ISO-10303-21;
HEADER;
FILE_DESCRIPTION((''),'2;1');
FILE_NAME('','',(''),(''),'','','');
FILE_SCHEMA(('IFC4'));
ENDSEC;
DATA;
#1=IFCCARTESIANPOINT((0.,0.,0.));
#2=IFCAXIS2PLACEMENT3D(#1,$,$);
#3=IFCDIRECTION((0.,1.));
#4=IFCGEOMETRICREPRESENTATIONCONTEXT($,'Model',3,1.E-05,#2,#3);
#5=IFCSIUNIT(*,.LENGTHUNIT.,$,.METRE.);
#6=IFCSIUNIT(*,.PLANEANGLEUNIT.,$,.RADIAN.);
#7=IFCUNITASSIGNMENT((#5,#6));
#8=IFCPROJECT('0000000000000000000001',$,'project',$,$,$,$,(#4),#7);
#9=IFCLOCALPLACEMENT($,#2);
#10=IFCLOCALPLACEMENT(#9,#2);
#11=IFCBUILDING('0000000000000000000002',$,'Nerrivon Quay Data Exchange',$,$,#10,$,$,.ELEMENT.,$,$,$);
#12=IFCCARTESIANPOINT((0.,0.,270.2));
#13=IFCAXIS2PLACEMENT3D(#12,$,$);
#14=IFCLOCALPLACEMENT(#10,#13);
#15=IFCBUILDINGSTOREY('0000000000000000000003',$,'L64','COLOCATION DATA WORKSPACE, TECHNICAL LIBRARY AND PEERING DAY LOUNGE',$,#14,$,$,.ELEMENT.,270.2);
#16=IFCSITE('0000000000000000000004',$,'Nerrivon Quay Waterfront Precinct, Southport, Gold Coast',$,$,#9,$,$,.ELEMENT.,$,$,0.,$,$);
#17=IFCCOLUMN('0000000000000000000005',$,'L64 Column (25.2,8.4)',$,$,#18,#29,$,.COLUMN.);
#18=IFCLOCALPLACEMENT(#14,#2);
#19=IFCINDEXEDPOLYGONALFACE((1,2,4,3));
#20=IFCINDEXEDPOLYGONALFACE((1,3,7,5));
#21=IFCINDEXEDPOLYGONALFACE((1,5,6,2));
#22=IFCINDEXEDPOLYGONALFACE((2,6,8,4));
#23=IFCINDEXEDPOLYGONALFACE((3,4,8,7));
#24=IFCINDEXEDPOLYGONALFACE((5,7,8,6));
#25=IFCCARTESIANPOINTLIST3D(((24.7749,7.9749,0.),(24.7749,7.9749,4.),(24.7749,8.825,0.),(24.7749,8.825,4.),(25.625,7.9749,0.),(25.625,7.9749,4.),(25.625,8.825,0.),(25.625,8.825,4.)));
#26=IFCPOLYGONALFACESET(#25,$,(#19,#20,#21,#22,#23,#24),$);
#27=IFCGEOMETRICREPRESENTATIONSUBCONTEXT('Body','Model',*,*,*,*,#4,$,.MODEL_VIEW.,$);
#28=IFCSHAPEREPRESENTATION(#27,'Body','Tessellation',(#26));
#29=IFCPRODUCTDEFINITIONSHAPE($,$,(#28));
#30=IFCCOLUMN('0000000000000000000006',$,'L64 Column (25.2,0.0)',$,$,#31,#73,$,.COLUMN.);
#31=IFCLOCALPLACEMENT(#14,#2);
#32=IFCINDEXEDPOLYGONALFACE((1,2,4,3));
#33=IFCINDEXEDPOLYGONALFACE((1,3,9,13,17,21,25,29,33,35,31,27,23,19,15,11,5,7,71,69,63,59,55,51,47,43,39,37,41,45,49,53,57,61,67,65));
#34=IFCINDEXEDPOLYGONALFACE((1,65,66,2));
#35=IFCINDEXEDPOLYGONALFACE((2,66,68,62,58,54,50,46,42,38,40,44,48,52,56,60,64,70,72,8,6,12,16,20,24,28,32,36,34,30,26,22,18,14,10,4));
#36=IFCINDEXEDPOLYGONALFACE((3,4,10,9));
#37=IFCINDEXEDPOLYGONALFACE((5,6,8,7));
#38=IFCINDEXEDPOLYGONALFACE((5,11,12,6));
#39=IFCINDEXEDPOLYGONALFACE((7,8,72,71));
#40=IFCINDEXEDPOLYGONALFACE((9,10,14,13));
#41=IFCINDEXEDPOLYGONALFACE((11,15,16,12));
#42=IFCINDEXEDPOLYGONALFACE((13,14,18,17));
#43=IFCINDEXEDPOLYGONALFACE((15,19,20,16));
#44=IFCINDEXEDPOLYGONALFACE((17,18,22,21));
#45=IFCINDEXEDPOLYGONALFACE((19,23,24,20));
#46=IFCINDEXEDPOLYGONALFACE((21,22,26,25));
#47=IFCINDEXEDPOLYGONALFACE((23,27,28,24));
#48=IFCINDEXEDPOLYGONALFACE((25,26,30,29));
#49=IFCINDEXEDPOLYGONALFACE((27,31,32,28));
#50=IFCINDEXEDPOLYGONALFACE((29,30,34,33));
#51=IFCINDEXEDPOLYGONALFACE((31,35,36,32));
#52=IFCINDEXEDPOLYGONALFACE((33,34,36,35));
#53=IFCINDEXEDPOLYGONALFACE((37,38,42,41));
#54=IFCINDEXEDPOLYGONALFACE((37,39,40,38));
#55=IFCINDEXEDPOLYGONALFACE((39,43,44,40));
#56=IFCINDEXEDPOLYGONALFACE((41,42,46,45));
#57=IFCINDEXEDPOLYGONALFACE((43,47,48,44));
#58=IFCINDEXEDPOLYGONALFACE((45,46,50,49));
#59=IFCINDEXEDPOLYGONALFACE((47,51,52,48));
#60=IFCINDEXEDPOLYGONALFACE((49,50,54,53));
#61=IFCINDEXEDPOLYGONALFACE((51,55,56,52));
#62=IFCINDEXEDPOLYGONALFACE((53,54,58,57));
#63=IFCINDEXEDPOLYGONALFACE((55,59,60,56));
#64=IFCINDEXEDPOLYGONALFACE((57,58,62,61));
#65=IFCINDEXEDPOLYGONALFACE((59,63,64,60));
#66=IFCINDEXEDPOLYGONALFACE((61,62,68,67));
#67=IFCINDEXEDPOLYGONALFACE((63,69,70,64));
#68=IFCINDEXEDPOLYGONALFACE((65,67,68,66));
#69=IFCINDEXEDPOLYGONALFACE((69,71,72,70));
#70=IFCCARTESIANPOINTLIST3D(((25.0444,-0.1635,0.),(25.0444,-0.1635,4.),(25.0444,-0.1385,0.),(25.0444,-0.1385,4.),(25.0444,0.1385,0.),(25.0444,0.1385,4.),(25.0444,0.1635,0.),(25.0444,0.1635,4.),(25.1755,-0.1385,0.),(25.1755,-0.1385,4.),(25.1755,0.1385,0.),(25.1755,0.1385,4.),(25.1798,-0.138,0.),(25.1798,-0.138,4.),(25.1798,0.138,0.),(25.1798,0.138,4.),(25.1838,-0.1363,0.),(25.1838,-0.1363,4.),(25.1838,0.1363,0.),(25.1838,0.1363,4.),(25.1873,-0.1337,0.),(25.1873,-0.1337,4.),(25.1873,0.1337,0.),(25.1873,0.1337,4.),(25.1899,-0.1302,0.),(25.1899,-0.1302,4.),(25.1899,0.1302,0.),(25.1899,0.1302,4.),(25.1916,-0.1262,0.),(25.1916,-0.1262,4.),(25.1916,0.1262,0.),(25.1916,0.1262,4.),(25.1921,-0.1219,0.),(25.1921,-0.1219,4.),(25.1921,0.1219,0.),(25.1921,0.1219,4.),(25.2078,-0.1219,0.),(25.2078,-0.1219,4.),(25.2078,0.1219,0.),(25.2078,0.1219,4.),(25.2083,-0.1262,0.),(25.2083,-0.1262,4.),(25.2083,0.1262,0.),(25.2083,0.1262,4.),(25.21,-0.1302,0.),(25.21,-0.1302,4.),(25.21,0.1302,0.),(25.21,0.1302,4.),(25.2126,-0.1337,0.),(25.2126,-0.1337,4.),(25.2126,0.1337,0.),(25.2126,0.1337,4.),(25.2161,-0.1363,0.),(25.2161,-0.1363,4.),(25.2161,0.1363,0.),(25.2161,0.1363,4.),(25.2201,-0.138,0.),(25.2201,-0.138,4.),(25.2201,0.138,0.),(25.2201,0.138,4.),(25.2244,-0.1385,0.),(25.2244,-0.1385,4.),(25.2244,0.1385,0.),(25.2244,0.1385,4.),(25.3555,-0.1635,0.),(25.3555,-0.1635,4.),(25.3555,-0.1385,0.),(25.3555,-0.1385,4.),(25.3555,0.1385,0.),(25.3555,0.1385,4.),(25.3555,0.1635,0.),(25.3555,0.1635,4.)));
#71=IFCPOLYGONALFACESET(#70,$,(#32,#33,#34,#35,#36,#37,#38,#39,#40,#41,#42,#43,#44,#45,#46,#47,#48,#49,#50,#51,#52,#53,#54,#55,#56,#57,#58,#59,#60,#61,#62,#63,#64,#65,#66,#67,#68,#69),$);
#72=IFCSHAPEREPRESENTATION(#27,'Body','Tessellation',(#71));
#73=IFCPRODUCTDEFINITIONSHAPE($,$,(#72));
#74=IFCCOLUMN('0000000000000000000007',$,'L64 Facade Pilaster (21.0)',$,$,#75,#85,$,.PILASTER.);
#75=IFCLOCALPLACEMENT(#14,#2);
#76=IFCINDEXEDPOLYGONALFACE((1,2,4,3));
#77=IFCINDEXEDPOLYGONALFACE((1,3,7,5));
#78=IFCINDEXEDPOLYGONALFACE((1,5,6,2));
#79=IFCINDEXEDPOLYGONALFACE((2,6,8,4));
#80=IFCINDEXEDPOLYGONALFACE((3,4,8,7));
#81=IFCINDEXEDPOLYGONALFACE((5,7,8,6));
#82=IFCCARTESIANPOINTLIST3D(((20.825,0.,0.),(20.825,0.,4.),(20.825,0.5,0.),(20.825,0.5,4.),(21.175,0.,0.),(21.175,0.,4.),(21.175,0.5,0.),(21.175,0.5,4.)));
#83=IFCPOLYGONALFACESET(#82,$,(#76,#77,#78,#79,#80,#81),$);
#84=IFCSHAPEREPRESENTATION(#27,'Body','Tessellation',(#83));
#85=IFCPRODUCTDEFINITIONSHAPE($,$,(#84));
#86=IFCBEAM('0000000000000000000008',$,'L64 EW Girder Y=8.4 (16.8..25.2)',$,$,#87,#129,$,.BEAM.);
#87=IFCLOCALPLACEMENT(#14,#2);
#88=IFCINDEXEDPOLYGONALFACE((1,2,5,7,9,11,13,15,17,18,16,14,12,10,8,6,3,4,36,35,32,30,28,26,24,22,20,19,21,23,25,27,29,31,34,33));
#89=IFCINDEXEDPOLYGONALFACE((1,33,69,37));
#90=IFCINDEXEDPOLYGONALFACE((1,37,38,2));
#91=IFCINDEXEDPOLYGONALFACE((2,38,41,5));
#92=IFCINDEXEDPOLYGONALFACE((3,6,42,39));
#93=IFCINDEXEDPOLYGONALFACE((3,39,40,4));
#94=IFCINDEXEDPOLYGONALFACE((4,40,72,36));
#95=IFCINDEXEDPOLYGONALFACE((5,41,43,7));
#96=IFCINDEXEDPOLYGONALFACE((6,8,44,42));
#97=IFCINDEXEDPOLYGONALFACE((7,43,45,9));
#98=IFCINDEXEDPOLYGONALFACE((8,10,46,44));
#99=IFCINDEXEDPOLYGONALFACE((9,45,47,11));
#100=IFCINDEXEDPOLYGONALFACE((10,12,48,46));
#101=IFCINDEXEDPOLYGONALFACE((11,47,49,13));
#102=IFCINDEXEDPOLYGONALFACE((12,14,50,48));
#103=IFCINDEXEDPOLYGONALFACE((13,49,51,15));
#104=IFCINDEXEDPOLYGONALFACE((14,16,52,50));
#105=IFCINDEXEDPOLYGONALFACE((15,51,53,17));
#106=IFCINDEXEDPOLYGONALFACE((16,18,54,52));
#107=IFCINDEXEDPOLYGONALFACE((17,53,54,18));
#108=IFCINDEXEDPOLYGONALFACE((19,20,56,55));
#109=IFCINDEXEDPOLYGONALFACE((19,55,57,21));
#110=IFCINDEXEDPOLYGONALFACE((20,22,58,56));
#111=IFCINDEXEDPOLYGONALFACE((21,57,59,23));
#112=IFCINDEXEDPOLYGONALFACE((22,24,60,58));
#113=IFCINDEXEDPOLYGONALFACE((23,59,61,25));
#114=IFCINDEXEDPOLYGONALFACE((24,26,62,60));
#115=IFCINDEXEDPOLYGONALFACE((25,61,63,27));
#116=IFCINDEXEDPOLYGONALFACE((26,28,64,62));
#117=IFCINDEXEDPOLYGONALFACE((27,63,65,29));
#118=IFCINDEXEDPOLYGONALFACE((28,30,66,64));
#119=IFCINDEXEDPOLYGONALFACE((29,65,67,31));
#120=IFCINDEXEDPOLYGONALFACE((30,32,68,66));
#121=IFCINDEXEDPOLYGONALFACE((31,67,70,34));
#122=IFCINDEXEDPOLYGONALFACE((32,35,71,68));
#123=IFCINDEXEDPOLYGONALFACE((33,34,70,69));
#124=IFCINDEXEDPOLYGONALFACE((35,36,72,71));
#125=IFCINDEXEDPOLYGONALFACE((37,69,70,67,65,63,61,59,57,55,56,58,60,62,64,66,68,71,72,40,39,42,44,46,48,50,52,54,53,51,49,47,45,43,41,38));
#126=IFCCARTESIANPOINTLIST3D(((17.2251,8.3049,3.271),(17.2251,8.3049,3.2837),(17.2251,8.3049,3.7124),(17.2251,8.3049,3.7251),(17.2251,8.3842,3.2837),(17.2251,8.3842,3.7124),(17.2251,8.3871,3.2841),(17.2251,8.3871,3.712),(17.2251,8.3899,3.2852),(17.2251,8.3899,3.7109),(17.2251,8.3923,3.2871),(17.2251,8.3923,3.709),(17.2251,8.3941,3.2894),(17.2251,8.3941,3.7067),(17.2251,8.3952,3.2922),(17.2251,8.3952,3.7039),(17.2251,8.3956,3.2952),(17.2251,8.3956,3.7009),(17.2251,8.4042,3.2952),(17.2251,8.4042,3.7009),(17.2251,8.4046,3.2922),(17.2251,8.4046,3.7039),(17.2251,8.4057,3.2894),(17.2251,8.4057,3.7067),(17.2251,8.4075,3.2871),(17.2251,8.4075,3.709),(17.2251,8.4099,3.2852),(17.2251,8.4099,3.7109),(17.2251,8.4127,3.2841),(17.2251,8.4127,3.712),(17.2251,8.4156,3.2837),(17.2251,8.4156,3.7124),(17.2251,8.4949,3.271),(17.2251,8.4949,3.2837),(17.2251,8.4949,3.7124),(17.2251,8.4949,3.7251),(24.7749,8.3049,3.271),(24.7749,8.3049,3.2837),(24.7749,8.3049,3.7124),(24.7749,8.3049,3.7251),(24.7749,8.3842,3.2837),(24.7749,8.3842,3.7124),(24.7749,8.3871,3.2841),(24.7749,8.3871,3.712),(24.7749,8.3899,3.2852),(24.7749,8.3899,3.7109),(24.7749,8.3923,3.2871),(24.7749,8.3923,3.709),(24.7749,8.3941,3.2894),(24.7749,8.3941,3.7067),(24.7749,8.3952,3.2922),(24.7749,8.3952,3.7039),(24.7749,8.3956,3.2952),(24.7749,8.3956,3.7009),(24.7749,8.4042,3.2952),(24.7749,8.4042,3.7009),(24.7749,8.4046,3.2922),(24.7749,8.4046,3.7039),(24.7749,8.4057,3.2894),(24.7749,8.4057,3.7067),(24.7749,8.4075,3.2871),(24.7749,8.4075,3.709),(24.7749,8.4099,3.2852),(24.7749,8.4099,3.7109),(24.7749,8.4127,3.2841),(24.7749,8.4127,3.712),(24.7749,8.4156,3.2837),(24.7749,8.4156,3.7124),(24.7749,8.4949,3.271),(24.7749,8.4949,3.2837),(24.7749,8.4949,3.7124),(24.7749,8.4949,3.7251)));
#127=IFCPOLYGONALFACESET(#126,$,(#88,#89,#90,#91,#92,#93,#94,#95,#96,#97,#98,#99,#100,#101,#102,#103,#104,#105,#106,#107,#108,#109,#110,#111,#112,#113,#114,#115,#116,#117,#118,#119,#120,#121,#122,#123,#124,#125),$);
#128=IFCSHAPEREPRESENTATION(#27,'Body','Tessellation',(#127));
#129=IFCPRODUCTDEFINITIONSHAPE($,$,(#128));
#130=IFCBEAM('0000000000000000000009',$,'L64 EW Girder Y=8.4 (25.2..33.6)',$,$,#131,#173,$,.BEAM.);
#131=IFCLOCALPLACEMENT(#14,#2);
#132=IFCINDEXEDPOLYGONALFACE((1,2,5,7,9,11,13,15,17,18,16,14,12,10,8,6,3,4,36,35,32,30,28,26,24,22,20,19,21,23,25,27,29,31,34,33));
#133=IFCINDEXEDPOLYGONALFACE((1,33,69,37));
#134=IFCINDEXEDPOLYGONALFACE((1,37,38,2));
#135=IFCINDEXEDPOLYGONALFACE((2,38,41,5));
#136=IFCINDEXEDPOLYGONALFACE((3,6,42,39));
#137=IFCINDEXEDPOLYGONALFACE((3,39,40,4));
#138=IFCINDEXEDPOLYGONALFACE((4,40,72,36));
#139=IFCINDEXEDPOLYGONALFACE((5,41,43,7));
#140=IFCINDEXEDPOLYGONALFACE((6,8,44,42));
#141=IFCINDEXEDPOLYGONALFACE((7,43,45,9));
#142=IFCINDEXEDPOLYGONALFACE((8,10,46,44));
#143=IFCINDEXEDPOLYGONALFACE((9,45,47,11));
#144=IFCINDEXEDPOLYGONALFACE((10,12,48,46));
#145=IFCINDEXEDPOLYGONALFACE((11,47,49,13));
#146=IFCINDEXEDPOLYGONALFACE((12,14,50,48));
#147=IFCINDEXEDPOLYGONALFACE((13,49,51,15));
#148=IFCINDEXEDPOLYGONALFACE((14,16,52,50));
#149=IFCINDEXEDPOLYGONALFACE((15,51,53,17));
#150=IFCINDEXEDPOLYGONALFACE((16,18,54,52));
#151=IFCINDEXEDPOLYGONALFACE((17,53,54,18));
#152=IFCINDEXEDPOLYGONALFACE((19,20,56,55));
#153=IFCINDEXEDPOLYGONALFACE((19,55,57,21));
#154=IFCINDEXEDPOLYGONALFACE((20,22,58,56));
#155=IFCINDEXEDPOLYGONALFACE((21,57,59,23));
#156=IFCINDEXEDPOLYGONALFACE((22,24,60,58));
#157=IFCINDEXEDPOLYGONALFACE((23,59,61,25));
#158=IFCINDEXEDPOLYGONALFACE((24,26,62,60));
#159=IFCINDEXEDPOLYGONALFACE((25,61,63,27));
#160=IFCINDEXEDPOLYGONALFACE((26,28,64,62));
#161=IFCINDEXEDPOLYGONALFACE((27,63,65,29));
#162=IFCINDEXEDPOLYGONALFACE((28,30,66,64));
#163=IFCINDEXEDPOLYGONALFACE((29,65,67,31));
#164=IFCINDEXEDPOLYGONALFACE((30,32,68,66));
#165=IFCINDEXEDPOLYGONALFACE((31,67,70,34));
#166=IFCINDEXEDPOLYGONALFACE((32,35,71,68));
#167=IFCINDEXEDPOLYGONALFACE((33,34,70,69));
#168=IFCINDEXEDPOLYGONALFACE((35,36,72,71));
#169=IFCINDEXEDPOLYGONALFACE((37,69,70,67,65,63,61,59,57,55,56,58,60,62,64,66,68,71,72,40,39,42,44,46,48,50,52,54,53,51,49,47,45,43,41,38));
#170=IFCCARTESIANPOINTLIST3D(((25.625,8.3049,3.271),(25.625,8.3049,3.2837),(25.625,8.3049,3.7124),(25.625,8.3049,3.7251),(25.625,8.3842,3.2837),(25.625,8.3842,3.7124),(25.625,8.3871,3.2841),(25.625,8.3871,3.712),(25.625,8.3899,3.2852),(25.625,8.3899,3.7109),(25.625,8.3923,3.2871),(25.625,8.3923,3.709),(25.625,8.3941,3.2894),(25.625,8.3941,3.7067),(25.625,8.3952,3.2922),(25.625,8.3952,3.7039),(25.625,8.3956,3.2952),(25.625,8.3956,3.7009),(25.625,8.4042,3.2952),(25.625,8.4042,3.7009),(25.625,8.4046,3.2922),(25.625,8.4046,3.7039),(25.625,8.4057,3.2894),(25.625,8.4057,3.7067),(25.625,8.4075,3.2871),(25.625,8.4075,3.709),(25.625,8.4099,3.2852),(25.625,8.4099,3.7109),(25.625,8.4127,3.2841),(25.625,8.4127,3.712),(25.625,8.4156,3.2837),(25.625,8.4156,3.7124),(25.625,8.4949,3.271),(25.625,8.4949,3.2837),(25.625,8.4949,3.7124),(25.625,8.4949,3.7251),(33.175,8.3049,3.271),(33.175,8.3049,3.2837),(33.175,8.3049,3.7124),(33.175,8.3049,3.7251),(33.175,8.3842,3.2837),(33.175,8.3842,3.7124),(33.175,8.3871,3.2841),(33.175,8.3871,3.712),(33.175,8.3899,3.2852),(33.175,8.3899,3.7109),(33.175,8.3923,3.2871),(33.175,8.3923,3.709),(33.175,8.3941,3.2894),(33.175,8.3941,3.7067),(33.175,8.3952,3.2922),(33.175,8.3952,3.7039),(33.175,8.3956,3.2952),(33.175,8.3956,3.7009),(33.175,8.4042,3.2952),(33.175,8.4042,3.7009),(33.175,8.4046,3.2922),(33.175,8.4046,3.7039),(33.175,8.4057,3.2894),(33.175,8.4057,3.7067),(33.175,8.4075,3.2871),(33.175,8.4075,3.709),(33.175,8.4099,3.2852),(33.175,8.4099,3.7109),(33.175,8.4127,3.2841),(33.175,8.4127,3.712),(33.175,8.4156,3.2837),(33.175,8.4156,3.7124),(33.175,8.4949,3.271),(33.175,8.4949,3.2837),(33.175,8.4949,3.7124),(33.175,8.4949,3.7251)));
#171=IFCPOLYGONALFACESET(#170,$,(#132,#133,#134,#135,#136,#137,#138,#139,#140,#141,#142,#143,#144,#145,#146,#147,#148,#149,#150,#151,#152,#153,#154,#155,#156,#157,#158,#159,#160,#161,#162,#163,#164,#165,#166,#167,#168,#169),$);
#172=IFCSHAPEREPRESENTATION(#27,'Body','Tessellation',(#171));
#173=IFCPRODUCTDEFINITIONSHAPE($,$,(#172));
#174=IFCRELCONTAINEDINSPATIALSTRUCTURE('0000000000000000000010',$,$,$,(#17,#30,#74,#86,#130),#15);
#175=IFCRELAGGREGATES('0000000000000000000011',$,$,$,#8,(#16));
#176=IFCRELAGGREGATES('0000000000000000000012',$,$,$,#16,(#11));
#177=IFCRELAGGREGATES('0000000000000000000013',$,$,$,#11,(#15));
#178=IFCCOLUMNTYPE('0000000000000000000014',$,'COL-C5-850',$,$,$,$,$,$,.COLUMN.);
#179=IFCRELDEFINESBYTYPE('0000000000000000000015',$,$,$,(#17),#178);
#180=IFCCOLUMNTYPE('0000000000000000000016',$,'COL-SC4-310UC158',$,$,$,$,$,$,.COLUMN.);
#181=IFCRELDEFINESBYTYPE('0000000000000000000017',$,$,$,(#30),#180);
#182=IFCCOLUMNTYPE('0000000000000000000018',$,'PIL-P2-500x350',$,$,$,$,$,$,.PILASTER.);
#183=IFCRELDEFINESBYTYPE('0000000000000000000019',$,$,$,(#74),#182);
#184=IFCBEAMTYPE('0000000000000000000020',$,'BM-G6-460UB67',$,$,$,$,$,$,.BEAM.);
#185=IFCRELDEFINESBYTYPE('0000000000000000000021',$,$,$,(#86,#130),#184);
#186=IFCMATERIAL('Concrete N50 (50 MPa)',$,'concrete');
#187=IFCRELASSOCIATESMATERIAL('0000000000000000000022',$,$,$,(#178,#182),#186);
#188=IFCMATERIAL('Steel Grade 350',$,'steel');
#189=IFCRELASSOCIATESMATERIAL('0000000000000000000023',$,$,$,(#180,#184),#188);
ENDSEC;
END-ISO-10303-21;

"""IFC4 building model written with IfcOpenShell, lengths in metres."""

from ifc_helpers import new_model, si_unit, direction, frame, origin, origin_2d, place, context, subcontext, project, spatial, rectangle, i_section, extrude, material, material_profile, profile_set, type_object, element, save


model = new_model("IFC4")

# Units and contexts
model_context = context("Model", 3, precision=1e-05, world=origin(), true_north=direction((0.0, 1.0)))
body_context = subcontext(model_context, "Body", "Model", "MODEL_VIEW")
ifc_project = project(units=[si_unit("LENGTHUNIT", "METRE"), si_unit("PLANEANGLEUNIT", "RADIAN")], contexts=[model_context])

# Site, building, storey
site_placement = place(None, origin())
site = spatial("IfcSite", under=ifc_project, at=site_placement, Name="Nerrivon Quay Waterfront Precinct, Southport, Gold Coast", CompositionType="ELEMENT", RefElevation=0.0)
building_placement = place(site_placement, origin())
building = spatial("IfcBuilding", under=site, at=building_placement, Name="Nerrivon Quay Data Exchange", CompositionType="ELEMENT")
storey_placement = place(building_placement, frame((0.0, 0.0, 270.2)))
storey = spatial("IfcBuildingStorey", under=building, at=storey_placement, Name="L64", Description="COLOCATION DATA WORKSPACE, TECHNICAL LIBRARY AND PEERING DAY LOUNGE", CompositionType="ELEMENT", Elevation=270.2)

# Columns
ifc_material_1 = material(Name="Concrete N50 (50 MPa)", Category="concrete")
ifc_material_profile_1 = material_profile(ifc_material_1, rectangle(XDim=0.8501, YDim=0.8501, at=origin_2d()), Name="RC-COL-850x850")
ifc_profile_set_1 = profile_set([ifc_material_profile_1], Name="Concrete N50 (50 MPa)")
column_type_1 = type_object("IfcColumnType", Name="COL-C5-850", PredefinedType="COLUMN", material=ifc_profile_set_1)
column_1_placement = place(storey_placement, frame((25.2, 8.3999, 0.0), z_axis=(0.0, 0.0, 1.0), x_axis=(1.0, 0.0, 0.0)))
element("IfcColumn", 1, at=column_1_placement, inside=storey, type_object=column_type_1, Name="L64 Column (25.2,8.4)", PredefinedType="COLUMN", context=body_context, shape_type="SweptSolid", body=[
    extrude(rectangle(XDim=0.8501, YDim=0.8501, at=origin_2d()), origin(), (0.0, 0.0, 1.0), 4.0),
])
ifc_material_2 = material(Name="Steel Grade 350", Category="steel")
ifc_material_profile_2 = material_profile(ifc_material_2, i_section(OverallWidth=0.311, OverallDepth=0.3269, WebThickness=0.0156, FlangeThickness=0.0249, FilletRadius=0.0166, at=origin_2d()), Name="310UC158")
ifc_profile_set_2 = profile_set([ifc_material_profile_2], Name="Steel Grade 350")
column_type_2 = type_object("IfcColumnType", Name="COL-SC4-310UC158", PredefinedType="COLUMN", material=ifc_profile_set_2)
column_2_placement = place(storey_placement, frame((25.2, 0.0, 0.0), z_axis=(0.0, 0.0, 1.0), x_axis=(1.0, 0.0, 0.0)))
element("IfcColumn", 2, at=column_2_placement, inside=storey, type_object=column_type_2, Name="L64 Column (25.2,0.0)", PredefinedType="COLUMN", context=body_context, shape_type="SweptSolid", body=[
    extrude(i_section(OverallWidth=0.311, OverallDepth=0.3269, WebThickness=0.0156, FlangeThickness=0.0249, FilletRadius=0.0166, at=origin_2d()), origin(), (0.0, 0.0, 1.0), 4.0),
])
ifc_material_profile_3 = material_profile(ifc_material_1, rectangle(XDim=0.3501, YDim=0.5, at=origin_2d()), Name="RC-PIL-500x350")
ifc_profile_set_3 = profile_set([ifc_material_profile_3], Name="Concrete N50 (50 MPa)")
column_type_3 = type_object("IfcColumnType", Name="PIL-P2-500x350", PredefinedType="PILASTER", material=ifc_profile_set_3)
column_3_placement = place(storey_placement, frame((21.0, 0.25, 0.0), z_axis=(0.0, 0.0, 1.0), x_axis=(1.0, 0.0, 0.0)))
element("IfcColumn", 3, at=column_3_placement, inside=storey, type_object=column_type_3, Name="L64 Facade Pilaster (21.0)", PredefinedType="PILASTER", context=body_context, shape_type="SweptSolid", body=[
    extrude(rectangle(XDim=0.3501, YDim=0.5, at=origin_2d()), origin(), (0.0, 0.0, 1.0), 4.0),
])

# Beams
ifc_material_profile_4 = material_profile(ifc_material_2, i_section(OverallWidth=0.1899, OverallDepth=0.4541, WebThickness=0.0085, FlangeThickness=0.0127, FilletRadius=0.0115, at=origin_2d()), Name="460UB67.1")
ifc_profile_set_4 = profile_set([ifc_material_profile_4], Name="Steel Grade 350")
beam_type_1 = type_object("IfcBeamType", Name="BM-G6-460UB67", PredefinedType="BEAM", material=ifc_profile_set_4)
beam_1_placement = place(storey_placement, frame((17.2251, 8.3999, 3.498), z_axis=(1.0, 0.0, 0.0), x_axis=(0.0, 1.0, 0.0)))
element("IfcBeam", 4, at=beam_1_placement, inside=storey, type_object=beam_type_1, Name="L64 EW Girder Y=8.4 (16.8..25.2)", PredefinedType="BEAM", context=body_context, shape_type="SweptSolid", body=[
    extrude(i_section(OverallWidth=0.1899, OverallDepth=0.4541, WebThickness=0.0085, FlangeThickness=0.0127, FilletRadius=0.0115, at=origin_2d()), origin(), (0.0, 0.0, 1.0), 7.5498),
])
beam_2_placement = place(storey_placement, frame((25.625, 8.3999, 3.498), z_axis=(1.0, 0.0, 0.0), x_axis=(0.0, 1.0, 0.0)))
element("IfcBeam", 5, at=beam_2_placement, inside=storey, type_object=beam_type_1, Name="L64 EW Girder Y=8.4 (25.2..33.6)", PredefinedType="BEAM", context=body_context, shape_type="SweptSolid", body=[
    extrude(i_section(OverallWidth=0.1899, OverallDepth=0.4541, WebThickness=0.0085, FlangeThickness=0.0127, FilletRadius=0.0115, at=origin_2d()), origin(), (0.0, 0.0, 1.0), 7.55),
])

save(model, "model.ifc")
